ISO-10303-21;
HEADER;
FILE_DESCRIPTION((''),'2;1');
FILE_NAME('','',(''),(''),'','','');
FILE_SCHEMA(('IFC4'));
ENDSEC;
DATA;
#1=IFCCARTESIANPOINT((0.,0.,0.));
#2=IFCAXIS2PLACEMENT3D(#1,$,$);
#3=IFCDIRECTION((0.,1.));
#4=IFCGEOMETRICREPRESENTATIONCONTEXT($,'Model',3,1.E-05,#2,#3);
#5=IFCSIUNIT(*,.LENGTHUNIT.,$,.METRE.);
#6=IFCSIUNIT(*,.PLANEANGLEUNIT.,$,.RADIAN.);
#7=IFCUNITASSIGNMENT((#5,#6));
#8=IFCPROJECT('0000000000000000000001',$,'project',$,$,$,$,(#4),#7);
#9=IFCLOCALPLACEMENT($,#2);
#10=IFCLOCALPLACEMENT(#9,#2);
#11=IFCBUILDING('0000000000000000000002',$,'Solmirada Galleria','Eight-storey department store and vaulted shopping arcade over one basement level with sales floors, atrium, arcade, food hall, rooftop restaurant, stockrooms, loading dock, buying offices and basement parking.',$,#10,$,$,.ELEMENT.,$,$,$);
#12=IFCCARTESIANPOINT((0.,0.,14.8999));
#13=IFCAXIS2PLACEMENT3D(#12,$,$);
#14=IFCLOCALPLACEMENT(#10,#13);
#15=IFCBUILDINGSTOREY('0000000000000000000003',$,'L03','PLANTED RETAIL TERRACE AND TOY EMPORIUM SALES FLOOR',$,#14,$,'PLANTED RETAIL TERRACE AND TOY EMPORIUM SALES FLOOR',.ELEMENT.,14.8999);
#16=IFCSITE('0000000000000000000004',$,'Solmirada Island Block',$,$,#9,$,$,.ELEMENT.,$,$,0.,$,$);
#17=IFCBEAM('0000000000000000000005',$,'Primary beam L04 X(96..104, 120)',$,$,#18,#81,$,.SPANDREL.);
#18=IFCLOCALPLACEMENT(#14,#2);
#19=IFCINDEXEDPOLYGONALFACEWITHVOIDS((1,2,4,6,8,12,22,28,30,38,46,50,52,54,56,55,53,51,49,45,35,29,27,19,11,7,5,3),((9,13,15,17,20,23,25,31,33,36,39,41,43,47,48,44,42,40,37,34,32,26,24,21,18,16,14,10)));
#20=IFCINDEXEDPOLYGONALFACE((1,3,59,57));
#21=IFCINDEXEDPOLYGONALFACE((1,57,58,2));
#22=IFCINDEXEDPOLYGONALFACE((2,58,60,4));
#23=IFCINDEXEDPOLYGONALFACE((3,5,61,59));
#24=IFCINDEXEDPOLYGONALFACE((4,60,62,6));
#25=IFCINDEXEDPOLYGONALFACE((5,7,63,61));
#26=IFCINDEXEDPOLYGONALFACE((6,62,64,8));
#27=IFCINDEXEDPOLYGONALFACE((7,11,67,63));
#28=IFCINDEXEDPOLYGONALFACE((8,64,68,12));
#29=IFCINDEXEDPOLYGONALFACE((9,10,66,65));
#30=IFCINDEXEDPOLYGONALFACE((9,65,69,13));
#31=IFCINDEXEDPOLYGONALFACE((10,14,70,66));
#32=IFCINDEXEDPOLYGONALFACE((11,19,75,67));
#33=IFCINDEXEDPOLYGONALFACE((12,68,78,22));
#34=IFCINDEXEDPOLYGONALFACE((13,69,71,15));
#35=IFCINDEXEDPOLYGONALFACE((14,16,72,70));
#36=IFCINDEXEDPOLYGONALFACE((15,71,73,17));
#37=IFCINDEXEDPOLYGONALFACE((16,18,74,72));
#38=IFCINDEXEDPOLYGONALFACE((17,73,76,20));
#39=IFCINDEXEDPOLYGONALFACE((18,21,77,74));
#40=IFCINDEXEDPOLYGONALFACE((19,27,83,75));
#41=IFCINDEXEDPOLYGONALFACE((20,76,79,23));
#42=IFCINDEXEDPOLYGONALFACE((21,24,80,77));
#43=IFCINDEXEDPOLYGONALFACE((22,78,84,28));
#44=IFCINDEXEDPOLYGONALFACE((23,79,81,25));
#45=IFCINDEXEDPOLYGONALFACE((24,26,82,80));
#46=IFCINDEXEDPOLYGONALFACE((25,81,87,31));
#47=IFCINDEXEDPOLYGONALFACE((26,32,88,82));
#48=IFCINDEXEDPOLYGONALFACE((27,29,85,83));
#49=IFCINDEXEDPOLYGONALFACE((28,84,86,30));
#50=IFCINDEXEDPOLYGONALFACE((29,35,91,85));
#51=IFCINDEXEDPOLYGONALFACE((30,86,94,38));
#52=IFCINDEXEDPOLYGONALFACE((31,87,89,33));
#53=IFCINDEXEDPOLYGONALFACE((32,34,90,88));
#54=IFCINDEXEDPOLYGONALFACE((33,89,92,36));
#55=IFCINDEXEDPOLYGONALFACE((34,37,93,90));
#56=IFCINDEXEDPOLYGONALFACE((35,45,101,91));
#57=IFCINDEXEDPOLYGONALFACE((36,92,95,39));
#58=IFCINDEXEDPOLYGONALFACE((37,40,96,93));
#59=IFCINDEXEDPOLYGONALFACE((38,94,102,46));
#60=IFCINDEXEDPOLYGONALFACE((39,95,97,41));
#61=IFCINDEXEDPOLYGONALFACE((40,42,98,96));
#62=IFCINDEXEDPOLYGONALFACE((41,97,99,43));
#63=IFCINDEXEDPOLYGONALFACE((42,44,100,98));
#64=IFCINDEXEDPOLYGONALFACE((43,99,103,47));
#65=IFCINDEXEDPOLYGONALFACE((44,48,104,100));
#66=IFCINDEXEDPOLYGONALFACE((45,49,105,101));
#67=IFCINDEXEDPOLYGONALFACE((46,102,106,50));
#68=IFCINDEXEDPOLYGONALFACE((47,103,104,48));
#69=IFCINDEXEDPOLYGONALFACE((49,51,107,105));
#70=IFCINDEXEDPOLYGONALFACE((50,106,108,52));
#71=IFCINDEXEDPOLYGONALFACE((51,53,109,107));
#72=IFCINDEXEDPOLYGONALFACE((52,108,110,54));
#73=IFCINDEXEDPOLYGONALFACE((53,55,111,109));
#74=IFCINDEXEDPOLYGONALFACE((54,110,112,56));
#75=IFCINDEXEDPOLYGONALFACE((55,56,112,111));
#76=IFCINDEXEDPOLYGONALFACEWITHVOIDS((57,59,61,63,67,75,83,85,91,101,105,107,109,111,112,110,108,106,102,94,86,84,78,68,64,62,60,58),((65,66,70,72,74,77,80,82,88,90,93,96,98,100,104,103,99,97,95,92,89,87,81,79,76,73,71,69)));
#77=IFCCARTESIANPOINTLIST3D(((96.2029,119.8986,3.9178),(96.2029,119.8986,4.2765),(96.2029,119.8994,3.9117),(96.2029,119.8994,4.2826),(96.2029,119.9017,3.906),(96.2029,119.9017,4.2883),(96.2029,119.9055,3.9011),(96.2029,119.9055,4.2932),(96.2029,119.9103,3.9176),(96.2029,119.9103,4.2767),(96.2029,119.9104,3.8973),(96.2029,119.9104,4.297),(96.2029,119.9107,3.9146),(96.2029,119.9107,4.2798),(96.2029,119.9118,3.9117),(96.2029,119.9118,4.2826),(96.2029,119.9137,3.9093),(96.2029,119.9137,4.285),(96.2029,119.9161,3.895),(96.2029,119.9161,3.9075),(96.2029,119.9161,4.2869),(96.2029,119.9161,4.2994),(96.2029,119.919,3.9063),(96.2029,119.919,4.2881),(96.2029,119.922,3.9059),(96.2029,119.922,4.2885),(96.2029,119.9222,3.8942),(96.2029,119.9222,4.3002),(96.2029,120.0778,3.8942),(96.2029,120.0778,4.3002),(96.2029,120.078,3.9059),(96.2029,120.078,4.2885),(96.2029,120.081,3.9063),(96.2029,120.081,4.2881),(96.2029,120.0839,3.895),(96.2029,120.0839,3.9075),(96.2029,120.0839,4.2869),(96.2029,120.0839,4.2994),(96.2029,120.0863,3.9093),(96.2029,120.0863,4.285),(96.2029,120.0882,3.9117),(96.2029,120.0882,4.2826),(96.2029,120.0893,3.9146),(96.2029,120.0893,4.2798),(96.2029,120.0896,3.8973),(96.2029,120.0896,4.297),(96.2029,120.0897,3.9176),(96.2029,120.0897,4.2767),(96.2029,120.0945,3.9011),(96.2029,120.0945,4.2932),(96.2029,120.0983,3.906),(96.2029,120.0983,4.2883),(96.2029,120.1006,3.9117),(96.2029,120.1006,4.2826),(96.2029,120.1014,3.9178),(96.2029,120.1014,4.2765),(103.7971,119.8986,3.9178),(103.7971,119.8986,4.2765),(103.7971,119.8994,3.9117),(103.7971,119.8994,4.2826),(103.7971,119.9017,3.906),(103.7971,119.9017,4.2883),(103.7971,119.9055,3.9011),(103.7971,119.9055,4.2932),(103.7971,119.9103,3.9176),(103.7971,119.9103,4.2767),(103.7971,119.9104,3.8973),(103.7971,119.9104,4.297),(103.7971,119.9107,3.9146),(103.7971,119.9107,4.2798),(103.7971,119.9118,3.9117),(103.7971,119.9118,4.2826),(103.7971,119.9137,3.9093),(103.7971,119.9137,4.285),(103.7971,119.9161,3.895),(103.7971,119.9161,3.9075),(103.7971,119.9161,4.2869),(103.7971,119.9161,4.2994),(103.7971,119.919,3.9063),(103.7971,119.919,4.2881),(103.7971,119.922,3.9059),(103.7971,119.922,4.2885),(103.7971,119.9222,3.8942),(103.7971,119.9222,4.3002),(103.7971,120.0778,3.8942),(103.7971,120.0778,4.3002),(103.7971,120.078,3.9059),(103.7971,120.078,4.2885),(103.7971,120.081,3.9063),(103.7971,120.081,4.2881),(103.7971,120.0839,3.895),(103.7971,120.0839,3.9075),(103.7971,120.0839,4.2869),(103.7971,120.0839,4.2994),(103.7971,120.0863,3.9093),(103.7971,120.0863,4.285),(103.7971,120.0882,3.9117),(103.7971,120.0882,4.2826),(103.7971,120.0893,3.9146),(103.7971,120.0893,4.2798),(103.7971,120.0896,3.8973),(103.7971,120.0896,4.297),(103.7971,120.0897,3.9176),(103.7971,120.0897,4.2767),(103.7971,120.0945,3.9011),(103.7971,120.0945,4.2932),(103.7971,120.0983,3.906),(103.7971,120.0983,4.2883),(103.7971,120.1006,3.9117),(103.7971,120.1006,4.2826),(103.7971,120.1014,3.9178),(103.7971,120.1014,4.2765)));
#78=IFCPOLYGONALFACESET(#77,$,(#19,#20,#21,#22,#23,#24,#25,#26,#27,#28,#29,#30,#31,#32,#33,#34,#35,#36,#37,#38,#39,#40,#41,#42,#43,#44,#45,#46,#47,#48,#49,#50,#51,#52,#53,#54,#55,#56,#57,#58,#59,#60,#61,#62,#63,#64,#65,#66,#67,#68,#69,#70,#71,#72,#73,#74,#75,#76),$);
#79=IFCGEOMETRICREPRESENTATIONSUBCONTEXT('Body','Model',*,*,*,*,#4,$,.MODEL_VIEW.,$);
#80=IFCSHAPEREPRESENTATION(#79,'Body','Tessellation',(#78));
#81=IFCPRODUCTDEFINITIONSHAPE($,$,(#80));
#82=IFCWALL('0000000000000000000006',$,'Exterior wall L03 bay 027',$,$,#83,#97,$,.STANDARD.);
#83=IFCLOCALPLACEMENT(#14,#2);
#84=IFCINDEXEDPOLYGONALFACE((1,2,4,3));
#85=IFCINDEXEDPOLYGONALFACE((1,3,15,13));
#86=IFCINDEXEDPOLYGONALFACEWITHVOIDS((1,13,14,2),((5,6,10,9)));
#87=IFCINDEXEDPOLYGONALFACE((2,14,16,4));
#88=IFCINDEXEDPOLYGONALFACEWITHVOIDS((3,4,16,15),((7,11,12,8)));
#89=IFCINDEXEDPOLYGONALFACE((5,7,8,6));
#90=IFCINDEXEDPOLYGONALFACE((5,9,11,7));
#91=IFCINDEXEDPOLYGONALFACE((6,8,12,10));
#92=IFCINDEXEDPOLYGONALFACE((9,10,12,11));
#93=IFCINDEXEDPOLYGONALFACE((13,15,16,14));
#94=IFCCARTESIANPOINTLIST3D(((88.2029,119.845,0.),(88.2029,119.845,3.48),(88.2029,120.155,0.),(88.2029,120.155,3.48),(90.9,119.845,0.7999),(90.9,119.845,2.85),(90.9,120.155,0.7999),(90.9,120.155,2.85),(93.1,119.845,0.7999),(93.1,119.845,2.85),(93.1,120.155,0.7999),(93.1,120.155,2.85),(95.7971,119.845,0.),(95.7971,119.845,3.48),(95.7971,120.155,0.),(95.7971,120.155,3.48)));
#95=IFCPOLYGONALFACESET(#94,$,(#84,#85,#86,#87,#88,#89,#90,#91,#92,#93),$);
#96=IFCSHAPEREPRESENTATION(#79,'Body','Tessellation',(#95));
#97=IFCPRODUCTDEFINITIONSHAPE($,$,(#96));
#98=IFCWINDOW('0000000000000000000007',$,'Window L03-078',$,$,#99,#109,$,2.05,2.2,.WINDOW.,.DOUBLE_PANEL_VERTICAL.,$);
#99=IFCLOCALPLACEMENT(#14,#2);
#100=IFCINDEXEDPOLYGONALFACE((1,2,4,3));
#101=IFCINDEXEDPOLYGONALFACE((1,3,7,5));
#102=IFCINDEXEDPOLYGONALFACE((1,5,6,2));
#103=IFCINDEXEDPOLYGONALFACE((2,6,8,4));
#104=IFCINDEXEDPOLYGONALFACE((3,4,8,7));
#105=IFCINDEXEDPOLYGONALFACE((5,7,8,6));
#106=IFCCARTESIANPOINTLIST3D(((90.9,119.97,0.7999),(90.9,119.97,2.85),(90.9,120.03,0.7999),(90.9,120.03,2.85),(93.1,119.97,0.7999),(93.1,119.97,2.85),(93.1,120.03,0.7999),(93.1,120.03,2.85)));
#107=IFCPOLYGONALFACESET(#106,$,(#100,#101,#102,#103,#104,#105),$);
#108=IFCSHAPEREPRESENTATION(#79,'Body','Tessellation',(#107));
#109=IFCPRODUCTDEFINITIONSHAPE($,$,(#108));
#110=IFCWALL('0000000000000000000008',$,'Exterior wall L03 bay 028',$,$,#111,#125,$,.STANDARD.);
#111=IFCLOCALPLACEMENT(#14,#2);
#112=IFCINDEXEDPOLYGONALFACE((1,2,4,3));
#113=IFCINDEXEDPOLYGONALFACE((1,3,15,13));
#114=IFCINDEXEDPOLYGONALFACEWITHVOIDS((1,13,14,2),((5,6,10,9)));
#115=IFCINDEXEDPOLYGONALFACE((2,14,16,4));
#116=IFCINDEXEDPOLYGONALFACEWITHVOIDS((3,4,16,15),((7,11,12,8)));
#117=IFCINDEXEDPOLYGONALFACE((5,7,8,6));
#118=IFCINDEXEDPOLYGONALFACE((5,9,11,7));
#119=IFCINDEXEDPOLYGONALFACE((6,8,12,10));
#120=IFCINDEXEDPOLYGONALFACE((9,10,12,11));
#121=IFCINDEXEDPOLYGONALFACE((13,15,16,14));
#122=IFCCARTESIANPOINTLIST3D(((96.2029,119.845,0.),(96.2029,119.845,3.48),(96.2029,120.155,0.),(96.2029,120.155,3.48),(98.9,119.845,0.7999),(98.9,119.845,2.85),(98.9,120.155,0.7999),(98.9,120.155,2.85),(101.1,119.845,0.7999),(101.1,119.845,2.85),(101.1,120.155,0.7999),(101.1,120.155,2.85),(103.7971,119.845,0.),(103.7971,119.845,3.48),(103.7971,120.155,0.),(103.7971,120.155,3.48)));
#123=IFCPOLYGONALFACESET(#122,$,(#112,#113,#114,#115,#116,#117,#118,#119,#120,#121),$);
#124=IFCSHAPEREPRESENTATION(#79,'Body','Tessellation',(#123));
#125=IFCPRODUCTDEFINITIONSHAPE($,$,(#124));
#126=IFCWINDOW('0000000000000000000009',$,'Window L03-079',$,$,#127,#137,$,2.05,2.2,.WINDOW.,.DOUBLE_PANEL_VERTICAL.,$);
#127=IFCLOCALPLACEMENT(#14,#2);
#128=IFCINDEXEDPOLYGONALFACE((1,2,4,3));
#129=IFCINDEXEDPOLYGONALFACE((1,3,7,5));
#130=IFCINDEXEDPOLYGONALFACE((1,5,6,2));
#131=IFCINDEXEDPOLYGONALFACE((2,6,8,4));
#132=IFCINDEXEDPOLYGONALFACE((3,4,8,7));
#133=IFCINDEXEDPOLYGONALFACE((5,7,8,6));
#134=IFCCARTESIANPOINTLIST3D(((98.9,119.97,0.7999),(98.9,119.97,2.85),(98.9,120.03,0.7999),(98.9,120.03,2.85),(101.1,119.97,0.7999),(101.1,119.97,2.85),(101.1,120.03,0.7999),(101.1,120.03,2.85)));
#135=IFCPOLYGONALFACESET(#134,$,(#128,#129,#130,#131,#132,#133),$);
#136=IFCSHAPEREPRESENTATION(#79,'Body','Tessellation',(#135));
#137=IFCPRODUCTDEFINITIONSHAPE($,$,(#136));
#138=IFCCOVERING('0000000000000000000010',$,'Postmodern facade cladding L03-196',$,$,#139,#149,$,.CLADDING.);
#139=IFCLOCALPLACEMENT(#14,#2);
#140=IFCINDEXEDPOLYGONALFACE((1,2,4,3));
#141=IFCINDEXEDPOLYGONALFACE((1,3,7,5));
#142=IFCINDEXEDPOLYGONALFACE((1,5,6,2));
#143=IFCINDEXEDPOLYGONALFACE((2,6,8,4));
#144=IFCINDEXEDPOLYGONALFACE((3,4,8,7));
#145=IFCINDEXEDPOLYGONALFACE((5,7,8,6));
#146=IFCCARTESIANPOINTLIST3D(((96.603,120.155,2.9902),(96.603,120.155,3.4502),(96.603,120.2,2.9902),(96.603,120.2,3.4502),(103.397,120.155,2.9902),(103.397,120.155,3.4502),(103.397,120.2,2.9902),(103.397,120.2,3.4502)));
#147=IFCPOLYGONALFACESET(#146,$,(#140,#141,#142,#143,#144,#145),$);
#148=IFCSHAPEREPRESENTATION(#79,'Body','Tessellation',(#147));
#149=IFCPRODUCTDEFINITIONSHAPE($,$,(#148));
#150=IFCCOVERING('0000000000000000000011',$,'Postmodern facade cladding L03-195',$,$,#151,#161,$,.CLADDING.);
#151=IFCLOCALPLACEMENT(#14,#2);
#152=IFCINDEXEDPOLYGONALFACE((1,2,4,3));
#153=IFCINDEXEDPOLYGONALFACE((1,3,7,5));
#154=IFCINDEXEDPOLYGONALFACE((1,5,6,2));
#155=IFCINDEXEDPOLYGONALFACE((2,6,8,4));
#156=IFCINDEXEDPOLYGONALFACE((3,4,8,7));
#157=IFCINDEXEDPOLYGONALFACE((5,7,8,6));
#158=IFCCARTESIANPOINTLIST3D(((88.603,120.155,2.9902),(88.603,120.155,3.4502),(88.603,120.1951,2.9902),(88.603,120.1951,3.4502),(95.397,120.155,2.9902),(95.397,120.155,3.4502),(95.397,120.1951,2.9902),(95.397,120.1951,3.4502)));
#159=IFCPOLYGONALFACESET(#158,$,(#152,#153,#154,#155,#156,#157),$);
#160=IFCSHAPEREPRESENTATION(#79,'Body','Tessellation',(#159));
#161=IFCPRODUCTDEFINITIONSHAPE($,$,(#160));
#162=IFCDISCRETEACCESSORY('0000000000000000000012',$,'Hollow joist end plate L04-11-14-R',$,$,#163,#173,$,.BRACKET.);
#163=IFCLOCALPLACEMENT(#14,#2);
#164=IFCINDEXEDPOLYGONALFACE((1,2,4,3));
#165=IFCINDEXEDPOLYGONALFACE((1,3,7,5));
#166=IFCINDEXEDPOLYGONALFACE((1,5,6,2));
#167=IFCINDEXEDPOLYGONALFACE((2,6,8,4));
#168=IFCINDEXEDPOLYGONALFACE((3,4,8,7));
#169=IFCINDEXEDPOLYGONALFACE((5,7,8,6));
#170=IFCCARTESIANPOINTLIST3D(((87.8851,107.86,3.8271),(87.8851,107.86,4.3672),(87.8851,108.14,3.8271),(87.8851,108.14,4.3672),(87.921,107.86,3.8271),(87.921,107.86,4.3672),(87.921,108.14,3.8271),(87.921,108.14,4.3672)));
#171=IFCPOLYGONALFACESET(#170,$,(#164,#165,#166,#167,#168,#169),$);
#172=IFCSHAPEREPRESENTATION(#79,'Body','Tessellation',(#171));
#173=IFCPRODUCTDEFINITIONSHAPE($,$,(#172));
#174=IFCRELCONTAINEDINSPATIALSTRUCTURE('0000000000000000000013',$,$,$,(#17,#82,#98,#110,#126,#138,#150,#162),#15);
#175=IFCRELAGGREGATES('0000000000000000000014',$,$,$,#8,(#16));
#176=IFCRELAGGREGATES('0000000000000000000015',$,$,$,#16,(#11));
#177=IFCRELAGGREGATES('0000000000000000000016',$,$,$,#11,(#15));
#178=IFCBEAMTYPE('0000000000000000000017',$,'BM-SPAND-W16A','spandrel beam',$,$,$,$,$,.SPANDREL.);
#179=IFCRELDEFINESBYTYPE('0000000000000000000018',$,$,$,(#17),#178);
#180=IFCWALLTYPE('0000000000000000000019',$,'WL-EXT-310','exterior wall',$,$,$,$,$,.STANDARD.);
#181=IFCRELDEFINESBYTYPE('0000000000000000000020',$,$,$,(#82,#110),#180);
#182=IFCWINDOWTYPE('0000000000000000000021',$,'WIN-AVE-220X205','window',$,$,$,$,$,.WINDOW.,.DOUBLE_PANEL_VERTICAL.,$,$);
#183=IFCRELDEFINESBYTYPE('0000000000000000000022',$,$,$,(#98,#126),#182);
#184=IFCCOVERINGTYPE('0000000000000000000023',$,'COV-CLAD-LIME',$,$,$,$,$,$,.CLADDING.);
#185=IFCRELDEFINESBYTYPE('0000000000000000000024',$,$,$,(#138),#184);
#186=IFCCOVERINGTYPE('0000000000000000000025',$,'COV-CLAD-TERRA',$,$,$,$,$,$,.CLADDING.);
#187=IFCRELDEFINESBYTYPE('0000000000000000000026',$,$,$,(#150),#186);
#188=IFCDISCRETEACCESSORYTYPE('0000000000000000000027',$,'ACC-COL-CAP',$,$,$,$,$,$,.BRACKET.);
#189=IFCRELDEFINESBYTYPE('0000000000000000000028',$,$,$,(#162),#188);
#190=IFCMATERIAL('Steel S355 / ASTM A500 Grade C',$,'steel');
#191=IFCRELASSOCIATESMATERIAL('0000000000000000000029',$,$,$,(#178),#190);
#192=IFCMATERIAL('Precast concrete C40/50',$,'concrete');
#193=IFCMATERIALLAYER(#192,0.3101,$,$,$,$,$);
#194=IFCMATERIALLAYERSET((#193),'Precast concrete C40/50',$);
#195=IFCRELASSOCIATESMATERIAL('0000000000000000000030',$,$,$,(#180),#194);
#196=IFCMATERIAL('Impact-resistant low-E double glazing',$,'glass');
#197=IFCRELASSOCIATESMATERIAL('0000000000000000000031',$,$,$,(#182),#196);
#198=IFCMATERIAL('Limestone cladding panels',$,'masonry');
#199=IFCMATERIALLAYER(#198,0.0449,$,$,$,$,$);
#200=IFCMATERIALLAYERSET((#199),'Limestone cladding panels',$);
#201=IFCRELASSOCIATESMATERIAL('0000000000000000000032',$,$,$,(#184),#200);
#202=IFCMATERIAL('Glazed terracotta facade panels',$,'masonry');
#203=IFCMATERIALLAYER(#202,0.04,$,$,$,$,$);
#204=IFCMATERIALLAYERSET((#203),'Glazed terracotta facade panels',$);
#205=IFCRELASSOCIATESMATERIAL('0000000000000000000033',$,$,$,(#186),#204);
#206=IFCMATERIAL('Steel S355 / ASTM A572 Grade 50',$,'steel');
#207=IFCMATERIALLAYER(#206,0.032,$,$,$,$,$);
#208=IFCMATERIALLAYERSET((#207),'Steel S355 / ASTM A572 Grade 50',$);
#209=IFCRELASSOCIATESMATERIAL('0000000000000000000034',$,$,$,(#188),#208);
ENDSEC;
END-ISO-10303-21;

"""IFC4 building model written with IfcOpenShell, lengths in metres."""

from ifc_helpers import new_model, si_unit, direction, frame, frame_2d, origin, origin_2d, place, context, subcontext, project, spatial, rectangle, hollow_rectangle, extrude, material, layer, layer_set, material_profile, profile_set, type_object, element, fill, save


model = new_model("IFC4")

# Units and contexts
model_context = context("Model", 3, precision=1e-05, world=origin(), true_north=direction((0.0, 1.0)))
body_context = subcontext(model_context, "Body", "Model", "MODEL_VIEW")
ifc_project = project(units=[si_unit("LENGTHUNIT", "METRE"), si_unit("PLANEANGLEUNIT", "RADIAN")], contexts=[model_context])

# Site, building, storey
site_placement = place(None, origin())
site = spatial("IfcSite", under=ifc_project, at=site_placement, Name="Solmirada Island Block", CompositionType="ELEMENT", RefElevation=0.0)
building_placement = place(site_placement, origin())
building = spatial("IfcBuilding", under=site, at=building_placement, Name="Solmirada Galleria", Description="Eight-storey department store and vaulted shopping arcade over one basement level with sales floors, atrium, arcade, food hall, rooftop restaurant, stockrooms, loading dock, buying offices and basement parking.", CompositionType="ELEMENT")
storey_placement = place(building_placement, frame((0.0, 0.0, 14.8999)))
storey = spatial("IfcBuildingStorey", under=building, at=storey_placement, Name="L03", Description="PLANTED RETAIL TERRACE AND TOY EMPORIUM SALES FLOOR", LongName="PLANTED RETAIL TERRACE AND TOY EMPORIUM SALES FLOOR", CompositionType="ELEMENT", Elevation=14.8999)

# Shared definitions
ifc_material_1 = material(Name="Steel S355 / ASTM A500 Grade C", Category="steel")

# Beam
ifc_material_profile_1 = material_profile(ifc_material_1, hollow_rectangle(XDim=0.2029, YDim=0.406, WallThickness=0.0117, InnerFilletRadius=0.0117, OuterFilletRadius=0.0237, at=origin_2d()), Name="HSS16X8X1/2")
ifc_profile_set_1 = profile_set([ifc_material_profile_1], Name="Steel S355 / ASTM A500 Grade C")
beam_type_1 = type_object("IfcBeamType", Name="BM-SPAND-W16A", Description="spandrel beam", PredefinedType="SPANDREL", material=ifc_profile_set_1)
for number, where, z_axis, x_axis, name in (
    (1, (96.2029, 120.0, 4.0972), (1.0, 0.0, 0.0), (0.0, 1.0, 0.0), "Primary beam L04 X(96..104, 120)"),
):
    element("IfcBeam", number, at=place(storey_placement, frame(where, z_axis=z_axis, x_axis=x_axis)), inside=storey, type_object=beam_type_1, Name=name, PredefinedType="SPANDREL", context=body_context, shape_type="SweptSolid", body=[
        extrude(hollow_rectangle(XDim=0.2029, YDim=0.406, WallThickness=0.0117, InnerFilletRadius=0.0117, OuterFilletRadius=0.0237, at=origin_2d()), origin(), (0.0, 0.0, 1.0), 7.5942),
    ])

# Walls, openings, windows
ifc_material_2 = material(Name="Precast concrete C40/50", Category="concrete")
ifc_layer_1 = layer(ifc_material_2, 0.3101)
ifc_layer_set_1 = layer_set([ifc_layer_1], Name="Precast concrete C40/50")
wall_type = type_object("IfcWallType", Name="WL-EXT-310", Description="exterior wall", PredefinedType="STANDARD", material=ifc_layer_set_1)
wall_1_placement = place(storey_placement, frame((88.2029, 120.0, 0.0), z_axis=(0.0, 0.0, 1.0), x_axis=(1.0, 0.0, 0.0)))
wall_1 = element("IfcWall", 2, at=wall_1_placement, inside=storey, type_object=wall_type, Name="Exterior wall L03 bay 027", PredefinedType="STANDARD", context=body_context, shape_type="SweptSolid", body=[
    extrude(rectangle(XDim=7.5942, YDim=0.3101, at=frame_2d((3.7971, 0.0))), origin(), (0.0, 0.0, 1.0), 3.48),
])
opening_1_placement = place(wall_1_placement, frame((2.697, 0.0, 0.8)))
opening_1 = element("IfcOpeningElement", 3, at=opening_1_placement, cuts=wall_1, PredefinedType="OPENING", context=body_context, shape_type="SweptSolid", body=[
    extrude(rectangle(XDim=2.2, YDim=2.05, at=frame_2d((1.1001, 1.0249))), frame((0.0, 0.165, 0.0), z_axis=(0.0, -1.0, 0.0), x_axis=(1.0, 0.0, 0.0)), (0.0, 0.0, 1.0), 0.3301),
])
ifc_material_3 = material(Name="Impact-resistant low-E double glazing", Category="glass")
window_type = type_object("IfcWindowType", Name="WIN-AVE-220X205", Description="window", PartitioningType="DOUBLE_PANEL_VERTICAL", PredefinedType="WINDOW", material=ifc_material_3)
window_1_placement = place(opening_1_placement, origin())
window_1 = element("IfcWindow", 4, at=window_1_placement, inside=storey, type_object=window_type, Name="Window L03-078", OverallHeight=2.05, OverallWidth=2.2, PartitioningType="DOUBLE_PANEL_VERTICAL", PredefinedType="WINDOW", context=body_context, shape_type="SweptSolid", body=[
    extrude(rectangle(XDim=2.2, YDim=2.05, at=frame_2d((1.1001, 1.0249))), frame((0.0, 0.03, 0.0), z_axis=(0.0, -1.0, 0.0), x_axis=(1.0, 0.0, 0.0)), (0.0, 0.0, 1.0), 0.0601),
])
fill(opening_1, window_1)
wall_2_placement = place(storey_placement, frame((96.2029, 120.0, 0.0), z_axis=(0.0, 0.0, 1.0), x_axis=(1.0, 0.0, 0.0)))
wall_2 = element("IfcWall", 5, at=wall_2_placement, inside=storey, type_object=wall_type, Name="Exterior wall L03 bay 028", PredefinedType="STANDARD", context=body_context, shape_type="SweptSolid", body=[
    extrude(rectangle(XDim=7.5942, YDim=0.3101, at=frame_2d((3.7971, 0.0))), origin(), (0.0, 0.0, 1.0), 3.48),
])
opening_2_placement = place(wall_2_placement, frame((2.697, 0.0, 0.8)))
opening_2 = element("IfcOpeningElement", 6, at=opening_2_placement, cuts=wall_2, PredefinedType="OPENING", context=body_context, shape_type="SweptSolid", body=[
    extrude(rectangle(XDim=2.2, YDim=2.05, at=frame_2d((1.1001, 1.0249))), frame((0.0, 0.165, 0.0), z_axis=(0.0, -1.0, 0.0), x_axis=(1.0, 0.0, 0.0)), (0.0, 0.0, 1.0), 0.3301),
])
window_2_placement = place(opening_2_placement, origin())
window_2 = element("IfcWindow", 7, at=window_2_placement, inside=storey, type_object=window_type, Name="Window L03-079", OverallHeight=2.05, OverallWidth=2.2, PartitioningType="DOUBLE_PANEL_VERTICAL", PredefinedType="WINDOW", context=body_context, shape_type="SweptSolid", body=[
    extrude(rectangle(XDim=2.2, YDim=2.05, at=frame_2d((1.1001, 1.0249))), frame((0.0, 0.03, 0.0), z_axis=(0.0, -1.0, 0.0), x_axis=(1.0, 0.0, 0.0)), (0.0, 0.0, 1.0), 0.0601),
])
fill(opening_2, window_2)

# Coverings
ifc_material_4 = material(Name="Limestone cladding panels", Category="masonry")
ifc_layer_2 = layer(ifc_material_4, 0.0449)
ifc_layer_set_2 = layer_set([ifc_layer_2], Name="Limestone cladding panels")
covering_type_1 = type_object("IfcCoveringType", Name="COV-CLAD-LIME", PredefinedType="CLADDING", material=ifc_layer_set_2)
covering_1_placement = place(storey_placement, frame((100.0, 120.1775, 2.9902), z_axis=(0.0, 0.0, 1.0), x_axis=(1.0, 0.0, 0.0)))
element("IfcCovering", 8, at=covering_1_placement, inside=storey, type_object=covering_type_1, Name="Postmodern facade cladding L03-196", PredefinedType="CLADDING", context=body_context, shape_type="SweptSolid", body=[
    extrude(rectangle(XDim=6.7939, YDim=0.0449, at=origin_2d()), origin(), (0.0, 0.0, 1.0), 0.46),
])
ifc_material_5 = material(Name="Glazed terracotta facade panels", Category="masonry")
ifc_layer_3 = layer(ifc_material_5, 0.04)
ifc_layer_set_3 = layer_set([ifc_layer_3], Name="Glazed terracotta facade panels")
covering_type_2 = type_object("IfcCoveringType", Name="COV-CLAD-TERRA", PredefinedType="CLADDING", material=ifc_layer_set_3)
covering_2_placement = place(storey_placement, frame((92.0, 120.175, 2.9902), z_axis=(0.0, 0.0, 1.0), x_axis=(1.0, 0.0, 0.0)))
element("IfcCovering", 9, at=covering_2_placement, inside=storey, type_object=covering_type_2, Name="Postmodern facade cladding L03-195", PredefinedType="CLADDING", context=body_context, shape_type="SweptSolid", body=[
    extrude(rectangle(XDim=6.7939, YDim=0.04, at=origin_2d()), origin(), (0.0, 0.0, 1.0), 0.46),
])

# Discrete accessory
ifc_material_6 = material(Name="Steel S355 / ASTM A572 Grade 50", Category="steel")
ifc_layer_4 = layer(ifc_material_6, 0.032)
ifc_layer_set_4 = layer_set([ifc_layer_4], Name="Steel S355 / ASTM A572 Grade 50")
discrete_accessory_type = type_object("IfcDiscreteAccessoryType", Name="ACC-COL-CAP", PredefinedType="BRACKET", material=ifc_layer_set_4)
for number, where, z_axis, x_axis, name in (
    (10, (87.9031, 108.0, 3.8271), (0.0, 0.0, 1.0), (1.0, 0.0, 0.0), "Hollow joist end plate L04-11-14-R"),
):
    element("IfcDiscreteAccessory", number, at=place(storey_placement, frame(where, z_axis=z_axis, x_axis=x_axis)), inside=storey, type_object=discrete_accessory_type, Name=name, PredefinedType="BRACKET", context=body_context, shape_type="SweptSolid", body=[
        extrude(rectangle(XDim=0.0359, YDim=0.28, at=origin_2d()), origin(), (0.0, 0.0, 1.0), 0.54),
    ])

save(model, "model.ifc")
